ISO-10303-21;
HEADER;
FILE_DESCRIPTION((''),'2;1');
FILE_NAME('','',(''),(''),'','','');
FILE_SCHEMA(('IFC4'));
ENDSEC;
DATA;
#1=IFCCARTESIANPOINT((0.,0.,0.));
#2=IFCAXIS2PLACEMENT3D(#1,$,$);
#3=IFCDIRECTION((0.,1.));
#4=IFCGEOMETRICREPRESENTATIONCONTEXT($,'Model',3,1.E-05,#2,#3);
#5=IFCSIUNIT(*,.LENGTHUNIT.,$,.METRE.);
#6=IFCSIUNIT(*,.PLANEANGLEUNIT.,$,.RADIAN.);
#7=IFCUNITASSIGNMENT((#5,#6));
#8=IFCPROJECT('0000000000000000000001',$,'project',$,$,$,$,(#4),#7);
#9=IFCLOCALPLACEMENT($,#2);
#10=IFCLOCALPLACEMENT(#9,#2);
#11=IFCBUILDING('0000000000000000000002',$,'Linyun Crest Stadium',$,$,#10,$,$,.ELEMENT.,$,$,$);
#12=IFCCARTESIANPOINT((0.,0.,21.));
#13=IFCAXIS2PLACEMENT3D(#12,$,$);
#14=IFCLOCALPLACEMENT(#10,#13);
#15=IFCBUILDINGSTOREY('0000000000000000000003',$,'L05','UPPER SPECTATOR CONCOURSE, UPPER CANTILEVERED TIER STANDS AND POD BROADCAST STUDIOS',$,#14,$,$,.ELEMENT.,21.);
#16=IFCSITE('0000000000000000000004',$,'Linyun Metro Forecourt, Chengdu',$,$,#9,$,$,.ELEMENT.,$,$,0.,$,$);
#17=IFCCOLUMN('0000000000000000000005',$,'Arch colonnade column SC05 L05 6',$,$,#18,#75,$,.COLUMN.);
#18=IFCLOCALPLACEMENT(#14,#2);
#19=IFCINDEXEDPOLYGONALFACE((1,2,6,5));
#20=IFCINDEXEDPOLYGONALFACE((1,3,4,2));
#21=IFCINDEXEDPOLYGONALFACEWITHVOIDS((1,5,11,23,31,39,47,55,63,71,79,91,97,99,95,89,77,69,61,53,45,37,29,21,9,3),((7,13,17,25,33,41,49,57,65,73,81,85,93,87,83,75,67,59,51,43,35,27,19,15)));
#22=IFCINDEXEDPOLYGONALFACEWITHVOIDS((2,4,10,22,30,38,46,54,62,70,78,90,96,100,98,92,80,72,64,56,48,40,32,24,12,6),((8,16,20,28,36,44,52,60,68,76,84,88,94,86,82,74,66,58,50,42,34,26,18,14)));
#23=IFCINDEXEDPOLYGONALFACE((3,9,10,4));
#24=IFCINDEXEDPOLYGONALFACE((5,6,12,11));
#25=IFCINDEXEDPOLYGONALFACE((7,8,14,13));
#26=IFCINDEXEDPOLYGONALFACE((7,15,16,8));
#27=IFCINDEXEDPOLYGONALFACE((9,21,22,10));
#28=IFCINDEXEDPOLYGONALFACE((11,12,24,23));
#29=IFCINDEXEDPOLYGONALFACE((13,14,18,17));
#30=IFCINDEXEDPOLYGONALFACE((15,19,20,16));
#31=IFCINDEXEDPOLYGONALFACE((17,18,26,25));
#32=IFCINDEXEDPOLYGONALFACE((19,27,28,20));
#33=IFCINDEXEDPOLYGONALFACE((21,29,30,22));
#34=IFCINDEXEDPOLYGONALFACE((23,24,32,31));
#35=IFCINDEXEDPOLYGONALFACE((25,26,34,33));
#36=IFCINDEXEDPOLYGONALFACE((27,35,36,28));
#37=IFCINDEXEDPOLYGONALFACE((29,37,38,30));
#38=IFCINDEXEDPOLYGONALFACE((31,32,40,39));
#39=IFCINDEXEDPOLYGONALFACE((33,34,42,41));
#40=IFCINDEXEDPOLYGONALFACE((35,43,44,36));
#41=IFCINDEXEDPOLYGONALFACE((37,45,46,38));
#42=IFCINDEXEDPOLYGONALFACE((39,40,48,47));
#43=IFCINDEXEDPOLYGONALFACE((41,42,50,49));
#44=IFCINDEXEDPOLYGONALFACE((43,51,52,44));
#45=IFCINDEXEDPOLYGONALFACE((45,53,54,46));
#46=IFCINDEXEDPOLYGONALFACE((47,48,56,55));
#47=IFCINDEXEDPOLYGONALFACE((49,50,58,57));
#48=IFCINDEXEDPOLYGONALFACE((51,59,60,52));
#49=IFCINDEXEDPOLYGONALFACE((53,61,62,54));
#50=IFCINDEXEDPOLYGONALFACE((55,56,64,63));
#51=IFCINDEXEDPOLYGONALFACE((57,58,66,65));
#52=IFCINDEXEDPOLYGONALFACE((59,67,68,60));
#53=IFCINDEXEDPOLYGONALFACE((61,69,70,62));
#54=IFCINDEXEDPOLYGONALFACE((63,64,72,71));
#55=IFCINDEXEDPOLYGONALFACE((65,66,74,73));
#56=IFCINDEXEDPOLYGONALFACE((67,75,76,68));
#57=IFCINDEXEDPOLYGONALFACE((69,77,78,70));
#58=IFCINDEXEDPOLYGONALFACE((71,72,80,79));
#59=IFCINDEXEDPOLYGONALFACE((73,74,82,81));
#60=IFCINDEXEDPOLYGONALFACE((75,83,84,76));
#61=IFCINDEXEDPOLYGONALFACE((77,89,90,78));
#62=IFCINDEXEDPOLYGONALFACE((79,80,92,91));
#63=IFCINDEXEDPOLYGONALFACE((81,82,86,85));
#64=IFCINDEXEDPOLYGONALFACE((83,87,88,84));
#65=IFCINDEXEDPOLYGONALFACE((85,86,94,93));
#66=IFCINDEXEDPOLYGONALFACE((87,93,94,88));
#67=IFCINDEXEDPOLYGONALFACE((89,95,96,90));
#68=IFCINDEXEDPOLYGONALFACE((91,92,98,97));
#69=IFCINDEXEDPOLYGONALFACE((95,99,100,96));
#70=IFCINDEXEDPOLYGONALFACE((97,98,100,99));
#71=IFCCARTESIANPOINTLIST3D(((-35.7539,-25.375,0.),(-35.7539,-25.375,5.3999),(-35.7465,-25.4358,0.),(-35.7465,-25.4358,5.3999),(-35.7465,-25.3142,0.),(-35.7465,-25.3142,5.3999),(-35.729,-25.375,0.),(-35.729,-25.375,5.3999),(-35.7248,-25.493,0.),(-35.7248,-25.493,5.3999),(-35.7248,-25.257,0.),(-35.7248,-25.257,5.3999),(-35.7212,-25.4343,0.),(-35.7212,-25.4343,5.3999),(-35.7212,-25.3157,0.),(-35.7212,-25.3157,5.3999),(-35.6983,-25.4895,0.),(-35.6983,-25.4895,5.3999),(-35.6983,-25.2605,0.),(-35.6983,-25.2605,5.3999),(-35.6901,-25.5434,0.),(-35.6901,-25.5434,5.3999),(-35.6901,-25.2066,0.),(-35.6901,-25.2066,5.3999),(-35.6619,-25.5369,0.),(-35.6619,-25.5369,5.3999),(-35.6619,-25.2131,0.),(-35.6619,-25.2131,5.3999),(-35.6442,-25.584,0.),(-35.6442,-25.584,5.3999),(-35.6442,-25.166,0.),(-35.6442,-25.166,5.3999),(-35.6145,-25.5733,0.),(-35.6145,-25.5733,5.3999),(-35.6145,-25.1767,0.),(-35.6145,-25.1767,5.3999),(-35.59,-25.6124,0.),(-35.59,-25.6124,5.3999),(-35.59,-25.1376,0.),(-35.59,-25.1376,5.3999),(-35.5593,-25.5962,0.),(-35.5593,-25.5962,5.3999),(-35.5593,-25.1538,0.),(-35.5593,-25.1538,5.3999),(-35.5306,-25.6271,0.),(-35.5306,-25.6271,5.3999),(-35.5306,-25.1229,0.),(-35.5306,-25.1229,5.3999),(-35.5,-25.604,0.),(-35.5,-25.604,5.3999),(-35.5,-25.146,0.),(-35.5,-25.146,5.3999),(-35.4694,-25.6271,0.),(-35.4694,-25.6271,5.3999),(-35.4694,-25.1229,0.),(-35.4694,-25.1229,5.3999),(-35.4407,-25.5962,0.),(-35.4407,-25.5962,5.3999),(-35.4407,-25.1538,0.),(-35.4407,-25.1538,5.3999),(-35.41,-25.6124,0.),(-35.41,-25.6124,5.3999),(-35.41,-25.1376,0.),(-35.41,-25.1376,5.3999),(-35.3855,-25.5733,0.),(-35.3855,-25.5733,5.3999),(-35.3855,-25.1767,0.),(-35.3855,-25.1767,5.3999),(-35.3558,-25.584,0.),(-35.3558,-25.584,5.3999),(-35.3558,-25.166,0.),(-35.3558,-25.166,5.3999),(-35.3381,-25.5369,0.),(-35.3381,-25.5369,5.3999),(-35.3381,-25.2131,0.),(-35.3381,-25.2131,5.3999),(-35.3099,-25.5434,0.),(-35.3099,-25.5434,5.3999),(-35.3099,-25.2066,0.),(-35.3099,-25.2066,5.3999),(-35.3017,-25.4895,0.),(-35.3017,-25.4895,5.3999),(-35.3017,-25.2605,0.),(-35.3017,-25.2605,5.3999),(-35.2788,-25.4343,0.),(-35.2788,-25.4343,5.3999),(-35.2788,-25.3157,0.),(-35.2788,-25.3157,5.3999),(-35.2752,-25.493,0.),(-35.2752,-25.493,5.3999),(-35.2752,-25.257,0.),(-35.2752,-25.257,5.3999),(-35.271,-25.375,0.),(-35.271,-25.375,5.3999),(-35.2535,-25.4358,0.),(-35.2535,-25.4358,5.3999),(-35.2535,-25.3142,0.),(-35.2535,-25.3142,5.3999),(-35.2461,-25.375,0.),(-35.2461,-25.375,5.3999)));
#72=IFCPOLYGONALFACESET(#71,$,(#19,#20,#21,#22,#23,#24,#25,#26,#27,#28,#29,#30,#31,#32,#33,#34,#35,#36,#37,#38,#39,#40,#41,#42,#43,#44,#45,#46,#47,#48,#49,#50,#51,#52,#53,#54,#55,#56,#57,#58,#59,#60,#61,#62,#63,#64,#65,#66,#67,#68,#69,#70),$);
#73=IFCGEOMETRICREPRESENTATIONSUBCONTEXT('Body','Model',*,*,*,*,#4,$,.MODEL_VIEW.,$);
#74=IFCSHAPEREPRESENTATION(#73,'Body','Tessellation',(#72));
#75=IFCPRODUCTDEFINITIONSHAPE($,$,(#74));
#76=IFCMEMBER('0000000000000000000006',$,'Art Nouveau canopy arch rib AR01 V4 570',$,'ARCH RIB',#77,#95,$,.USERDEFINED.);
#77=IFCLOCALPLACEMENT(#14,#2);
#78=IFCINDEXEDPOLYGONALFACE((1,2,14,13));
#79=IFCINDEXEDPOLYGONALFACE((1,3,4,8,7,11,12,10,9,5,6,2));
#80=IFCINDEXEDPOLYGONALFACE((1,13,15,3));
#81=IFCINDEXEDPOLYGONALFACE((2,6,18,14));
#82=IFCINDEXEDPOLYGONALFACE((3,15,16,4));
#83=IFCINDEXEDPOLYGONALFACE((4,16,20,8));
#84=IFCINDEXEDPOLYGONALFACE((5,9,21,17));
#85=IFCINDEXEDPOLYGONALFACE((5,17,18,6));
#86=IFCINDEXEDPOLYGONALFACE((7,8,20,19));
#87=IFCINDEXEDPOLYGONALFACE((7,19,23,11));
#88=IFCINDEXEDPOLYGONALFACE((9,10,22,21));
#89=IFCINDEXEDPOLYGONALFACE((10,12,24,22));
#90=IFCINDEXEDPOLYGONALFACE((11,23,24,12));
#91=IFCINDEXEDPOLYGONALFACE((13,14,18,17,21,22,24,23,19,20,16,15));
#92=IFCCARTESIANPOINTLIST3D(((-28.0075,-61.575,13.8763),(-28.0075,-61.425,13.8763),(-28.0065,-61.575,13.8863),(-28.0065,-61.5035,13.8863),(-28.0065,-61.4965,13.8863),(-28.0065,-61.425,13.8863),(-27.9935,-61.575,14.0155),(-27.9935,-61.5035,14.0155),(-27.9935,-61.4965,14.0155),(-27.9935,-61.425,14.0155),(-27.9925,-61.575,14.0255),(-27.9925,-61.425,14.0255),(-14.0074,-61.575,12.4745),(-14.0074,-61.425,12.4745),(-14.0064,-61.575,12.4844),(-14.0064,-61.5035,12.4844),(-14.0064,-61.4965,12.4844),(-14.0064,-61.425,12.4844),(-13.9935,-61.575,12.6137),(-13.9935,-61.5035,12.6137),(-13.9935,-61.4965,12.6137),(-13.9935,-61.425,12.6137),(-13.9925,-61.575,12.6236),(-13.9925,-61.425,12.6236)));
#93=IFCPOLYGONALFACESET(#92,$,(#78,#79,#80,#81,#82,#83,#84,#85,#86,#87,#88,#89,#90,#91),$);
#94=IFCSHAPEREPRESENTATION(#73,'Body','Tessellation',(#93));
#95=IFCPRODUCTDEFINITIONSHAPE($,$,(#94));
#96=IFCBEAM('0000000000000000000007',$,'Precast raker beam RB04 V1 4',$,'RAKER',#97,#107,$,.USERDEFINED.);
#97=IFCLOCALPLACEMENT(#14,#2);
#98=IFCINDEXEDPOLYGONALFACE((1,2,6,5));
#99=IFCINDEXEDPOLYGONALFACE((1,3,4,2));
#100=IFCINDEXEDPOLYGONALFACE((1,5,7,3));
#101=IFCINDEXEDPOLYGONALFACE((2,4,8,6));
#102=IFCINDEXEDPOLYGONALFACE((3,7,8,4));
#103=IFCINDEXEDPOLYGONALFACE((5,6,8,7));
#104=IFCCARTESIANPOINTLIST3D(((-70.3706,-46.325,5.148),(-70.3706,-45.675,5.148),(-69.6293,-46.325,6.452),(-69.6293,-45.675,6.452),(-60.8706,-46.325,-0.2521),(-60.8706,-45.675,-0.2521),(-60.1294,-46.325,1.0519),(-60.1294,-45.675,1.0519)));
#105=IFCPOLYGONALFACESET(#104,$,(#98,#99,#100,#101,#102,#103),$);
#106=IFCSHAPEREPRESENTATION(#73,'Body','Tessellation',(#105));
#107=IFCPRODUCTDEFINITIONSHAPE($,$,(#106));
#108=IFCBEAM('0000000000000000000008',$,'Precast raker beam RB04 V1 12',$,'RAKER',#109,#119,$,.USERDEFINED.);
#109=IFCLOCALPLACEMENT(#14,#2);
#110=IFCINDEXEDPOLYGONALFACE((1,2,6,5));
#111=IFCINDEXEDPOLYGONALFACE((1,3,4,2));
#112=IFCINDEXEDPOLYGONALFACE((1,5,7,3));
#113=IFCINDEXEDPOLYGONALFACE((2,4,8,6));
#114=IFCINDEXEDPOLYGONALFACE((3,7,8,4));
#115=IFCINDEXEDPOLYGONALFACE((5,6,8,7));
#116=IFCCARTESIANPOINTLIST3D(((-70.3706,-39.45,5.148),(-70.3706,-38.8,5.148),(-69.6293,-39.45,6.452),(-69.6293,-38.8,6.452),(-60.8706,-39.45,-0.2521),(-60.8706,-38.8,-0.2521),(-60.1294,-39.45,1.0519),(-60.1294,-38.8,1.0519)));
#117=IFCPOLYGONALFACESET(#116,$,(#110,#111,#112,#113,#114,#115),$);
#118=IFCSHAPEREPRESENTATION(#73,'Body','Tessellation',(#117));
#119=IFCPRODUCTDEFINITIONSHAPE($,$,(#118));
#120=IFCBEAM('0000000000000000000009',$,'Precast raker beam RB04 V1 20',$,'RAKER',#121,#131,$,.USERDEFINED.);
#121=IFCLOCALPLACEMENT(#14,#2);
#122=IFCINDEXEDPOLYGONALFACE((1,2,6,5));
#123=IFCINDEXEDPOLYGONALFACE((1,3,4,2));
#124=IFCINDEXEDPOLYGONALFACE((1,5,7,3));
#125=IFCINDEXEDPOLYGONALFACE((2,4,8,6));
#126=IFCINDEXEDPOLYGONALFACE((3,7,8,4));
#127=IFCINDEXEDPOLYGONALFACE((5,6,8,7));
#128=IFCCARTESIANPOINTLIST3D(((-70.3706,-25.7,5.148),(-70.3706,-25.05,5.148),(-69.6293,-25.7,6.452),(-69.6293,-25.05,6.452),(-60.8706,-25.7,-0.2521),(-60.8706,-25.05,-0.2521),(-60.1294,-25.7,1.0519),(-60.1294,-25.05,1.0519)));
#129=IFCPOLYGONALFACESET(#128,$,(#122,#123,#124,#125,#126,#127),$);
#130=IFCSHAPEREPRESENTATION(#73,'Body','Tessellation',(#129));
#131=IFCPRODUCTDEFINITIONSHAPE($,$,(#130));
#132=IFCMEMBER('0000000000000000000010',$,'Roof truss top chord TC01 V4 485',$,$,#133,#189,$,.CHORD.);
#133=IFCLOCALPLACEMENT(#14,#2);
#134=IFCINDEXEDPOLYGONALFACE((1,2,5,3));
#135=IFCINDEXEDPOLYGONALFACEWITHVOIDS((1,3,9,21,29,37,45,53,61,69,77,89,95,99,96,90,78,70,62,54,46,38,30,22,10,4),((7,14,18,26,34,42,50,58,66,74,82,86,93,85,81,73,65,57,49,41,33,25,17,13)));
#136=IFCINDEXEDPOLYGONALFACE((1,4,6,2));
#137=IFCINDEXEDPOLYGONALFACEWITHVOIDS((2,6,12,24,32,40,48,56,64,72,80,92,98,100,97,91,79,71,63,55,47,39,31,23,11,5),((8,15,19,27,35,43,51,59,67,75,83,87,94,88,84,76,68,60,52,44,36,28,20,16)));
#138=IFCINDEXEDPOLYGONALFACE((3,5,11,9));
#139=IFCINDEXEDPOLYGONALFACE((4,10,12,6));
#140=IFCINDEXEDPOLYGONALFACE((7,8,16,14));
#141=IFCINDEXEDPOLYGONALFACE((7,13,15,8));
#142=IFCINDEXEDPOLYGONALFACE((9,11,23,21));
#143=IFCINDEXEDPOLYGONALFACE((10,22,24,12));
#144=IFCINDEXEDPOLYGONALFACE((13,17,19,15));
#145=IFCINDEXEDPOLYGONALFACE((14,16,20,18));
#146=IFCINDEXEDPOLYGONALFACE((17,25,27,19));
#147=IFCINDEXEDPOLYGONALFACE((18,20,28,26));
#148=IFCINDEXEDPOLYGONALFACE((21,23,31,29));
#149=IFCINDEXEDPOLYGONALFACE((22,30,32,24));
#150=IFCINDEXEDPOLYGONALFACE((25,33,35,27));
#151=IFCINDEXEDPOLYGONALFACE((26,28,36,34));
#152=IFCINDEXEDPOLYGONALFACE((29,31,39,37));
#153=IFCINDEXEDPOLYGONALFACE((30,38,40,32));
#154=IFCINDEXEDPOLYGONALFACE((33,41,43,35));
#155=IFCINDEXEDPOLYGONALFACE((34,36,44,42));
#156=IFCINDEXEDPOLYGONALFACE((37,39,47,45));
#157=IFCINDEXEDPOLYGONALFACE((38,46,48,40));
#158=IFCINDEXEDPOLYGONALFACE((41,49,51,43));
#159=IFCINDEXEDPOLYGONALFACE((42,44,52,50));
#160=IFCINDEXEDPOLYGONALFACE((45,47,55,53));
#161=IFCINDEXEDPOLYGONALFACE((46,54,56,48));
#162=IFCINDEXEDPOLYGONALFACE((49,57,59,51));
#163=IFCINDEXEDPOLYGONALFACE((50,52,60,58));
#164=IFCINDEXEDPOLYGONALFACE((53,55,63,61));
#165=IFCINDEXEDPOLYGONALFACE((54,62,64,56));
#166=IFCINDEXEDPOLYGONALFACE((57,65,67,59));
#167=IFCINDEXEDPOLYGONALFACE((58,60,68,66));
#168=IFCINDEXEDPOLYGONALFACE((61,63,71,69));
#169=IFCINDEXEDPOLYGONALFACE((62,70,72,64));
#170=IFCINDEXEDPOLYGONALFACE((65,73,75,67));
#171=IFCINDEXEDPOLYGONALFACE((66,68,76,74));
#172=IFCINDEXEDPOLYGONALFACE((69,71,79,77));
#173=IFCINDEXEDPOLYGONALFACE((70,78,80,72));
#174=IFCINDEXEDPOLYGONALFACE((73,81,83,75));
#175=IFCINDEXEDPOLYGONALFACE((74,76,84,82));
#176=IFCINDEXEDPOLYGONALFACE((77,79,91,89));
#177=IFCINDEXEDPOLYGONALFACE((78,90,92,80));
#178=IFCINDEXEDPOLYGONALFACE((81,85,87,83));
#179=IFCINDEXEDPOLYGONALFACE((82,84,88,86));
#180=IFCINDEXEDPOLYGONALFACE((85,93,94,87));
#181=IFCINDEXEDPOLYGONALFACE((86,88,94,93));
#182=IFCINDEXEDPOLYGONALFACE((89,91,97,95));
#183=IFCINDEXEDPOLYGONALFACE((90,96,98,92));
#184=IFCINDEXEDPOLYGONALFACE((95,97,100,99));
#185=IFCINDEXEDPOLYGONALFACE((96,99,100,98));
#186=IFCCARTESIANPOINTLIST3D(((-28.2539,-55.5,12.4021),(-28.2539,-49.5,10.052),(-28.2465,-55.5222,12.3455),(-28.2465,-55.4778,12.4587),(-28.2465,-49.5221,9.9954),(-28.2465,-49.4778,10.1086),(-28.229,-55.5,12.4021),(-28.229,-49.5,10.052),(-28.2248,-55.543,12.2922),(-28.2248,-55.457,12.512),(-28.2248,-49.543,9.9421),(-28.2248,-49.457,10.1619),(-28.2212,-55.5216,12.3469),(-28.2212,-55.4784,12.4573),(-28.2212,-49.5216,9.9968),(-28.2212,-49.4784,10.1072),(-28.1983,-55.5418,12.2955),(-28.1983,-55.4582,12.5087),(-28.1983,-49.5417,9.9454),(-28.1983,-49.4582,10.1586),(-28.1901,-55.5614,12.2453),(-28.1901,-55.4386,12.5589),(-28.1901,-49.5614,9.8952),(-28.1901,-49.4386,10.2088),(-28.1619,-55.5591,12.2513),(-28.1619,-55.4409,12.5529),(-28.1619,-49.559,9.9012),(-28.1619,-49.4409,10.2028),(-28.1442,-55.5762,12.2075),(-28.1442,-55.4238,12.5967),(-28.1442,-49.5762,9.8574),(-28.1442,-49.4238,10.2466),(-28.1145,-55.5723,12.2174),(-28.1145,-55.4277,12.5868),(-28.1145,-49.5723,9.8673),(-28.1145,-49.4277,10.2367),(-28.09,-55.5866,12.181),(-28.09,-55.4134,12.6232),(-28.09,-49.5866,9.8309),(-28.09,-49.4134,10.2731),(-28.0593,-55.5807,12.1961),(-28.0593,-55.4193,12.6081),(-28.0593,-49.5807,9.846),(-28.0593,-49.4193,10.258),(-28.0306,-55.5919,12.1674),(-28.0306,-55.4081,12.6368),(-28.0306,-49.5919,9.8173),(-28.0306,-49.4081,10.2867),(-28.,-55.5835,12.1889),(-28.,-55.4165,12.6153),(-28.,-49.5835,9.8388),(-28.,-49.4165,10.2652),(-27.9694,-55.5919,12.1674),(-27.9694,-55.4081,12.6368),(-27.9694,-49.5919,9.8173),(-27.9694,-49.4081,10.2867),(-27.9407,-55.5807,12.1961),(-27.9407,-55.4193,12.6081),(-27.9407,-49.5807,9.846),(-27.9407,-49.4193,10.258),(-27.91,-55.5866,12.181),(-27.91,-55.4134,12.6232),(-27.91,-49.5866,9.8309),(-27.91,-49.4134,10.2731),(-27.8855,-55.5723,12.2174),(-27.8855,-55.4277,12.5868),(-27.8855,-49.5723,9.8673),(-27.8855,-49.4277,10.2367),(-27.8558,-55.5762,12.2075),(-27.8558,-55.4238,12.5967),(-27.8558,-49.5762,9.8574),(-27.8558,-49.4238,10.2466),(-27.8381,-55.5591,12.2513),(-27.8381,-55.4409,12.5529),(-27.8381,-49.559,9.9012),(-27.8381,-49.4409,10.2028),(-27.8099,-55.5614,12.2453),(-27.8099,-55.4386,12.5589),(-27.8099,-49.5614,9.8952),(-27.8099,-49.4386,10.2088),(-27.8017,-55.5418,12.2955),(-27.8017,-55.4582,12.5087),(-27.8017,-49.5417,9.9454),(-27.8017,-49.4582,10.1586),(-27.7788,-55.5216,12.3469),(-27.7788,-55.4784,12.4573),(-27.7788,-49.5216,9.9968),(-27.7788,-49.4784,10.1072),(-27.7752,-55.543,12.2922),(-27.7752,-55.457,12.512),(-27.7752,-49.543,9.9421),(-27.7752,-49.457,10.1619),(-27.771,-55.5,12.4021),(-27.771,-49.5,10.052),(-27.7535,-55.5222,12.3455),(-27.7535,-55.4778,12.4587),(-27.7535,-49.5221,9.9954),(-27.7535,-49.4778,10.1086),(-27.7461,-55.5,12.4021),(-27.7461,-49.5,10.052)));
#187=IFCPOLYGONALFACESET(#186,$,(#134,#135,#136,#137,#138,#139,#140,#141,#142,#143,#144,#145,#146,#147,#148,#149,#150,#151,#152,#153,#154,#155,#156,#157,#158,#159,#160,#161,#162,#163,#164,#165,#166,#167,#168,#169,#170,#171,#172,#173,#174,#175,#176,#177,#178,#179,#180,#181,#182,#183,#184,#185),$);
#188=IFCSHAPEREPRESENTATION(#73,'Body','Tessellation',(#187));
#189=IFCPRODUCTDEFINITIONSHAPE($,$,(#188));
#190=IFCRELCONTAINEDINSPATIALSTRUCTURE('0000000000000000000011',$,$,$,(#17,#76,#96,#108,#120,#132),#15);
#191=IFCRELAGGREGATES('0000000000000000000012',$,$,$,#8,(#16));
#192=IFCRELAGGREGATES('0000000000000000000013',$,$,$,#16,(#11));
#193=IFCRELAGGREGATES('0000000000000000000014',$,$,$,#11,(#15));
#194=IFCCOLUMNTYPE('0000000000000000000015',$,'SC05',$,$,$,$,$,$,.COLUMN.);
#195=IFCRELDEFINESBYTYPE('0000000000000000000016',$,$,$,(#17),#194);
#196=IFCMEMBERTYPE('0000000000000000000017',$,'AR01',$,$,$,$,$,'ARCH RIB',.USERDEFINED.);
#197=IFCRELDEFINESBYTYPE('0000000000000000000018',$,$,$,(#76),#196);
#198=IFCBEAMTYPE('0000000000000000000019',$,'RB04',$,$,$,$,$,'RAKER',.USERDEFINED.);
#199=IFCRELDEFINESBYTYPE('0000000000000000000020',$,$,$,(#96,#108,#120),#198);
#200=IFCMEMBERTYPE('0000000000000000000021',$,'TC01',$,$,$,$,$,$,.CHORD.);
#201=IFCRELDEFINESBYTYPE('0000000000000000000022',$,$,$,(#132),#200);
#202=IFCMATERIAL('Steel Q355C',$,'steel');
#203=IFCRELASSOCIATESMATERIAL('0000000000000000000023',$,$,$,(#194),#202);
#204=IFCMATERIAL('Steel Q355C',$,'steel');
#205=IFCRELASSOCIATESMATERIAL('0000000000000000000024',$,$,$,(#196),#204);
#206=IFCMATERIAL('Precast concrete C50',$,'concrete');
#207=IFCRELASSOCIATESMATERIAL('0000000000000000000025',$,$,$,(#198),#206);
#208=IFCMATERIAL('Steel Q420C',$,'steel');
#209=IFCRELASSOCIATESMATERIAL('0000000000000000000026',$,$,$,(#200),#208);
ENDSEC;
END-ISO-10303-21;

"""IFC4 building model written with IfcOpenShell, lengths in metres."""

from ifc_helpers import new_model, si_unit, direction, frame, origin, origin_2d, place, context, subcontext, project, spatial, rectangle, hollow_circle, i_section, extrude, material, material_profile, profile_set, type_object, element, save


model = new_model("IFC4")

# Units and contexts
model_context = context("Model", 3, precision=1e-05, world=origin(), true_north=direction((0.0, 1.0)))
body_context = subcontext(model_context, "Body", "Model", "MODEL_VIEW")
ifc_project = project(units=[si_unit("LENGTHUNIT", "METRE"), si_unit("PLANEANGLEUNIT", "RADIAN")], contexts=[model_context])

# Site, building, storey
site_placement = place(None, origin())
site = spatial("IfcSite", under=ifc_project, at=site_placement, Name="Linyun Metro Forecourt, Chengdu", CompositionType="ELEMENT", RefElevation=0.0)
building_placement = place(site_placement, origin())
building = spatial("IfcBuilding", under=site, at=building_placement, Name="Linyun Crest Stadium", CompositionType="ELEMENT")
storey_placement = place(building_placement, frame((0.0, 0.0, 21.0)))
storey = spatial("IfcBuildingStorey", under=building, at=storey_placement, Name="L05", Description="UPPER SPECTATOR CONCOURSE, UPPER CANTILEVERED TIER STANDS AND POD BROADCAST STUDIOS", CompositionType="ELEMENT", Elevation=21.0)

# Column
ifc_material_1 = material(Name="Steel Q355C", Category="steel")
ifc_material_profile_1 = material_profile(ifc_material_1, hollow_circle(Radius=0.2539, WallThickness=0.0249, at=origin_2d()), Name="CHS 508x25")
ifc_profile_set_1 = profile_set([ifc_material_profile_1], Name="Steel Q355C")
column_type_1 = type_object("IfcColumnType", Name="SC05", PredefinedType="COLUMN", material=ifc_profile_set_1)
for number, where, z_axis, x_axis, name in (
    (1, (-35.5, -25.375, 0.0), (0.0, 0.0, 1.0), (1.0, 0.0, 0.0), "Arch colonnade column SC05 L05 6"),
):
    element("IfcColumn", number, at=place(storey_placement, frame(where, z_axis=z_axis, x_axis=x_axis)), inside=storey, type_object=column_type_1, Name=name, PredefinedType="COLUMN", context=body_context, shape_type="SweptSolid", body=[
        extrude(hollow_circle(Radius=0.2539, WallThickness=0.0249, at=origin_2d()), origin(), (0.0, 0.0, 1.0), 5.3999),
    ])

# Member
ifc_material_2 = material(Name="Steel Q355C", Category="steel")
ifc_material_profile_2 = material_profile(ifc_material_2, i_section(OverallWidth=0.1499, OverallDepth=0.1499, WebThickness=0.0071, FlangeThickness=0.01, at=origin_2d()), Name="HW 150x150")
ifc_profile_set_2 = profile_set([ifc_material_profile_2], Name="Steel Q355C")
member_type_1 = type_object("IfcMemberType", Name="AR01", ElementType="ARCH RIB", PredefinedType="USERDEFINED", material=ifc_profile_set_2)
member_1_placement = place(storey_placement, frame((-28.0, -61.5, 13.9509), z_axis=(0.995024, 0.0, -0.099634), x_axis=(0.0, 1.0, 0.0)))
element("IfcMember", 2, at=member_1_placement, inside=storey, type_object=member_type_1, Name="Art Nouveau canopy arch rib AR01 V4 570", ObjectType="ARCH RIB", PredefinedType="USERDEFINED", context=body_context, shape_type="SweptSolid", body=[
    extrude(i_section(OverallWidth=0.1499, OverallDepth=0.1499, WebThickness=0.0071, FlangeThickness=0.01, at=origin_2d()), origin(), (0.0, 0.0, 1.0), 14.0701),
])

# Beams
ifc_material_3 = material(Name="Precast concrete C50", Category="concrete")
ifc_material_profile_3 = material_profile(ifc_material_3, rectangle(XDim=0.6499, YDim=1.5, at=origin_2d()), Name="PCR 1500x650")
ifc_profile_set_3 = profile_set([ifc_material_profile_3], Name="Precast concrete C50")
beam_type = type_object("IfcBeamType", Name="RB04", ElementType="RAKER", PredefinedType="USERDEFINED", material=ifc_profile_set_3)
for number, where, z_axis, x_axis, name in (
    (3, (-60.5, -46.0, 0.3999), (-0.869361, 0.0, 0.494177), (0.0, -1.0, 0.0), "Precast raker beam RB04 V1 4"),
    (4, (-60.5, -39.125, 0.3999), (-0.869361, 0.0, 0.494177), (0.0, -1.0, 0.0), "Precast raker beam RB04 V1 12"),
    (5, (-60.5, -25.375, 0.3999), (-0.869361, 0.0, 0.494177), (0.0, -1.0, 0.0), "Precast raker beam RB04 V1 20"),
):
    element("IfcBeam", number, at=place(storey_placement, frame(where, z_axis=z_axis, x_axis=x_axis)), inside=storey, type_object=beam_type, Name=name, ObjectType="RAKER", PredefinedType="USERDEFINED", context=body_context, shape_type="SweptSolid", body=[
        extrude(rectangle(XDim=0.6499, YDim=1.5, at=origin_2d()), origin(), (0.0, 0.0, 1.0), 10.9275),
    ])

# Member
ifc_material_4 = material(Name="Steel Q420C", Category="steel")
ifc_material_profile_4 = material_profile(ifc_material_4, hollow_circle(Radius=0.2539, WallThickness=0.0249, at=origin_2d()), Name="CHS 508x25")
ifc_profile_set_4 = profile_set([ifc_material_profile_4], Name="Steel Q420C")
member_type_2 = type_object("IfcMemberType", Name="TC01", PredefinedType="CHORD", material=ifc_profile_set_4)
member_2_placement = place(storey_placement, frame((-28.0, -55.5, 12.4021), z_axis=(0.0, 0.931123, -0.364705), x_axis=(-1.0, 0.0, 0.0)))
element("IfcMember", 6, at=member_2_placement, inside=storey, type_object=member_type_2, Name="Roof truss top chord TC01 V4 485", PredefinedType="CHORD", context=body_context, shape_type="SweptSolid", body=[
    extrude(hollow_circle(Radius=0.2539, WallThickness=0.0249, at=origin_2d()), origin(), (0.0, 0.0, 1.0), 6.4438),
])

save(model, "model.ifc")
